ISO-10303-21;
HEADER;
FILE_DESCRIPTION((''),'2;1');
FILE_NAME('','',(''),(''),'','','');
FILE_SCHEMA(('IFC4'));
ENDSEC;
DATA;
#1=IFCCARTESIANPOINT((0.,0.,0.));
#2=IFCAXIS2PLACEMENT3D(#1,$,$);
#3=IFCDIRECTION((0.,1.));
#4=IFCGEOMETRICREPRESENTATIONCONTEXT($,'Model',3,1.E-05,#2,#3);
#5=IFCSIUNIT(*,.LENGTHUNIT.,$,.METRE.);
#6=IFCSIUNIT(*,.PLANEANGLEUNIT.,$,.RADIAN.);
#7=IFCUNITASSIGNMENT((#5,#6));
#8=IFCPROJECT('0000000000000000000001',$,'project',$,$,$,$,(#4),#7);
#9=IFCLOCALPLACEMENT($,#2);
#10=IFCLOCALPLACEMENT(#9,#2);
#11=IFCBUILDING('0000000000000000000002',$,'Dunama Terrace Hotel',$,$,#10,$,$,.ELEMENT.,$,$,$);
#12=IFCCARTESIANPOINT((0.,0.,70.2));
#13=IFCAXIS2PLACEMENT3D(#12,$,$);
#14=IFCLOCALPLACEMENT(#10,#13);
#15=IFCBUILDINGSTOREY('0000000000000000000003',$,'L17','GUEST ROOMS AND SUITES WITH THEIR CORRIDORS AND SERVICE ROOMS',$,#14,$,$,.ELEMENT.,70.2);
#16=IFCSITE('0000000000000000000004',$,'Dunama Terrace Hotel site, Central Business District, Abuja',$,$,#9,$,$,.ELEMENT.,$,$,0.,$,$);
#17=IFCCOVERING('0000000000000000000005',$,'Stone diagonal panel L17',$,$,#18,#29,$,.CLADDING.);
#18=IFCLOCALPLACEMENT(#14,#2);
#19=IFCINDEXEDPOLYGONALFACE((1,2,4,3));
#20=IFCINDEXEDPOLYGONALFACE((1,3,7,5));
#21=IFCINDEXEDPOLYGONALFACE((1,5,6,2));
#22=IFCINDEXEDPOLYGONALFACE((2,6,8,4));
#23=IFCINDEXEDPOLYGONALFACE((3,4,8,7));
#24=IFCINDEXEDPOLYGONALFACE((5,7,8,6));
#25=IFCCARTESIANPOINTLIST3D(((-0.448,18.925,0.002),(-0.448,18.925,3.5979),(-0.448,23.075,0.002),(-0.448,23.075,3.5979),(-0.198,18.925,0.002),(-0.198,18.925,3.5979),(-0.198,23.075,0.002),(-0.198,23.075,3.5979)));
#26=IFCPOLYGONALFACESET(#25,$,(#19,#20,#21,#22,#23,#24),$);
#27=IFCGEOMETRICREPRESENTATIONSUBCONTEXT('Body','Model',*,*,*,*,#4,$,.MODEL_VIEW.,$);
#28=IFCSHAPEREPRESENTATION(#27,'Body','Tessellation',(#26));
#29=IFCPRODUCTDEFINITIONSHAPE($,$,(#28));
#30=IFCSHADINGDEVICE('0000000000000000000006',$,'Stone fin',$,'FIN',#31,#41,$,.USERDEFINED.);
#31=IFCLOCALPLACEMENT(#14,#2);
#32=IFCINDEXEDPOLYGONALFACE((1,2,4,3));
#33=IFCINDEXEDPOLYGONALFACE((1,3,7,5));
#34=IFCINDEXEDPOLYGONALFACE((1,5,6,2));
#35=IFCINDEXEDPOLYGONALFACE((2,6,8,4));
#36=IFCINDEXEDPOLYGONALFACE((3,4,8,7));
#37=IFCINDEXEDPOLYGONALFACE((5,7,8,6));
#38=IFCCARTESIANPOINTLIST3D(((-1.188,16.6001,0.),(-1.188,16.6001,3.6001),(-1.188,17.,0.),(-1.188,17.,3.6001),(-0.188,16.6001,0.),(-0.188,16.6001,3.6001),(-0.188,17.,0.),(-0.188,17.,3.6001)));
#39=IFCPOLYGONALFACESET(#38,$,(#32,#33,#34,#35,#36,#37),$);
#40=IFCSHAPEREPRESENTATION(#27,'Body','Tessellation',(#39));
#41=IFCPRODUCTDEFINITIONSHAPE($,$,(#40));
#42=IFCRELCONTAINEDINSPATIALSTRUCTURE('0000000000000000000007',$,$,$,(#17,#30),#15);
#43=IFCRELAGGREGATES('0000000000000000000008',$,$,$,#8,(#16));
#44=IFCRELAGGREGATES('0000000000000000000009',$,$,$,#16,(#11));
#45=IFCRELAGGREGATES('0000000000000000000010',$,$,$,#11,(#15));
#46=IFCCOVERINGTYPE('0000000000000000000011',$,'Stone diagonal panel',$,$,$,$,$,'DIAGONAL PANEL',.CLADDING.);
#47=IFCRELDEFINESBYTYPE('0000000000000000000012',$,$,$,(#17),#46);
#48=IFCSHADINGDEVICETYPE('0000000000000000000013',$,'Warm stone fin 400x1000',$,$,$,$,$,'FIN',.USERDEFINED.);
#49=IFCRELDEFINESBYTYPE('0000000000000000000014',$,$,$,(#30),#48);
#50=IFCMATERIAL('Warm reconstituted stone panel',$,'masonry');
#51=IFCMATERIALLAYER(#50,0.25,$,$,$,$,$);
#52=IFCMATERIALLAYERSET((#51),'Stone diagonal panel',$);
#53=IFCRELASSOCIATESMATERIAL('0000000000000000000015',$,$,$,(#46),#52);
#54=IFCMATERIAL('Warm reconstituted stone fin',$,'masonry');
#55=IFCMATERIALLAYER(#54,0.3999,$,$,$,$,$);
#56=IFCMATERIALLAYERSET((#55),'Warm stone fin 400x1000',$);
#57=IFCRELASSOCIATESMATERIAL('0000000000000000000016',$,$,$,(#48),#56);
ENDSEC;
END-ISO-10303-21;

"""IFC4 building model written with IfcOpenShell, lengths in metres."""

from ifc_helpers import new_model, si_unit, direction, frame, origin, origin_2d, place, context, subcontext, project, spatial, rectangle, extrude, material, layer, layer_set, type_object, element, save


model = new_model("IFC4")

# Units and contexts
model_context = context("Model", 3, precision=1e-05, world=origin(), true_north=direction((0.0, 1.0)))
body_context = subcontext(model_context, "Body", "Model", "MODEL_VIEW")
ifc_project = project(units=[si_unit("LENGTHUNIT", "METRE"), si_unit("PLANEANGLEUNIT", "RADIAN")], contexts=[model_context])

# Site, building, storey
site_placement = place(None, origin())
site = spatial("IfcSite", under=ifc_project, at=site_placement, Name="Dunama Terrace Hotel site, Central Business District, Abuja", CompositionType="ELEMENT", RefElevation=0.0)
building_placement = place(site_placement, origin())
building = spatial("IfcBuilding", under=site, at=building_placement, Name="Dunama Terrace Hotel", CompositionType="ELEMENT")
storey_placement = place(building_placement, frame((0.0, 0.0, 70.2)))
storey = spatial("IfcBuildingStorey", under=building, at=storey_placement, Name="L17", Description="GUEST ROOMS AND SUITES WITH THEIR CORRIDORS AND SERVICE ROOMS", CompositionType="ELEMENT", Elevation=70.2)

# Covering
ifc_material_1 = material(Name="Warm reconstituted stone panel", Category="masonry")
ifc_layer_1 = layer(ifc_material_1, 0.25)
ifc_layer_set_1 = layer_set([ifc_layer_1], Name="Stone diagonal panel")
covering_type = type_object("IfcCoveringType", Name="Stone diagonal panel", ElementType="DIAGONAL PANEL", PredefinedType="CLADDING", material=ifc_layer_set_1)
covering_placement = place(storey_placement, frame((-0.323, 21.0, 0.002), z_axis=(0.0, 0.0, 1.0), x_axis=(0.0, -1.0, 0.0)))
element("IfcCovering", 1, at=covering_placement, inside=storey, type_object=covering_type, Name="Stone diagonal panel L17", PredefinedType="CLADDING", context=body_context, shape_type="SweptSolid", body=[
    extrude(rectangle(XDim=4.1499, YDim=0.25, at=origin_2d()), origin(), (0.0, 0.0, 1.0), 3.5959),
])

# Shading device
ifc_material_2 = material(Name="Warm reconstituted stone fin", Category="masonry")
ifc_layer_2 = layer(ifc_material_2, 0.3999)
ifc_layer_set_2 = layer_set([ifc_layer_2], Name="Warm stone fin 400x1000")
shading_device_type = type_object("IfcShadingDeviceType", Name="Warm stone fin 400x1000", ElementType="FIN", PredefinedType="USERDEFINED", material=ifc_layer_set_2)
shading_device_placement = place(storey_placement, frame((-0.688, 16.8, 0.0), z_axis=(0.0, 0.0, 1.0), x_axis=(0.0, -1.0, 0.0)))
element("IfcShadingDevice", 2, at=shading_device_placement, inside=storey, type_object=shading_device_type, Name="Stone fin", ObjectType="FIN", PredefinedType="USERDEFINED", context=body_context, shape_type="SweptSolid", body=[
    extrude(rectangle(XDim=0.3999, YDim=1.0, at=origin_2d()), origin(), (0.0, 0.0, 1.0), 3.6001),
])

save(model, "model.ifc")
